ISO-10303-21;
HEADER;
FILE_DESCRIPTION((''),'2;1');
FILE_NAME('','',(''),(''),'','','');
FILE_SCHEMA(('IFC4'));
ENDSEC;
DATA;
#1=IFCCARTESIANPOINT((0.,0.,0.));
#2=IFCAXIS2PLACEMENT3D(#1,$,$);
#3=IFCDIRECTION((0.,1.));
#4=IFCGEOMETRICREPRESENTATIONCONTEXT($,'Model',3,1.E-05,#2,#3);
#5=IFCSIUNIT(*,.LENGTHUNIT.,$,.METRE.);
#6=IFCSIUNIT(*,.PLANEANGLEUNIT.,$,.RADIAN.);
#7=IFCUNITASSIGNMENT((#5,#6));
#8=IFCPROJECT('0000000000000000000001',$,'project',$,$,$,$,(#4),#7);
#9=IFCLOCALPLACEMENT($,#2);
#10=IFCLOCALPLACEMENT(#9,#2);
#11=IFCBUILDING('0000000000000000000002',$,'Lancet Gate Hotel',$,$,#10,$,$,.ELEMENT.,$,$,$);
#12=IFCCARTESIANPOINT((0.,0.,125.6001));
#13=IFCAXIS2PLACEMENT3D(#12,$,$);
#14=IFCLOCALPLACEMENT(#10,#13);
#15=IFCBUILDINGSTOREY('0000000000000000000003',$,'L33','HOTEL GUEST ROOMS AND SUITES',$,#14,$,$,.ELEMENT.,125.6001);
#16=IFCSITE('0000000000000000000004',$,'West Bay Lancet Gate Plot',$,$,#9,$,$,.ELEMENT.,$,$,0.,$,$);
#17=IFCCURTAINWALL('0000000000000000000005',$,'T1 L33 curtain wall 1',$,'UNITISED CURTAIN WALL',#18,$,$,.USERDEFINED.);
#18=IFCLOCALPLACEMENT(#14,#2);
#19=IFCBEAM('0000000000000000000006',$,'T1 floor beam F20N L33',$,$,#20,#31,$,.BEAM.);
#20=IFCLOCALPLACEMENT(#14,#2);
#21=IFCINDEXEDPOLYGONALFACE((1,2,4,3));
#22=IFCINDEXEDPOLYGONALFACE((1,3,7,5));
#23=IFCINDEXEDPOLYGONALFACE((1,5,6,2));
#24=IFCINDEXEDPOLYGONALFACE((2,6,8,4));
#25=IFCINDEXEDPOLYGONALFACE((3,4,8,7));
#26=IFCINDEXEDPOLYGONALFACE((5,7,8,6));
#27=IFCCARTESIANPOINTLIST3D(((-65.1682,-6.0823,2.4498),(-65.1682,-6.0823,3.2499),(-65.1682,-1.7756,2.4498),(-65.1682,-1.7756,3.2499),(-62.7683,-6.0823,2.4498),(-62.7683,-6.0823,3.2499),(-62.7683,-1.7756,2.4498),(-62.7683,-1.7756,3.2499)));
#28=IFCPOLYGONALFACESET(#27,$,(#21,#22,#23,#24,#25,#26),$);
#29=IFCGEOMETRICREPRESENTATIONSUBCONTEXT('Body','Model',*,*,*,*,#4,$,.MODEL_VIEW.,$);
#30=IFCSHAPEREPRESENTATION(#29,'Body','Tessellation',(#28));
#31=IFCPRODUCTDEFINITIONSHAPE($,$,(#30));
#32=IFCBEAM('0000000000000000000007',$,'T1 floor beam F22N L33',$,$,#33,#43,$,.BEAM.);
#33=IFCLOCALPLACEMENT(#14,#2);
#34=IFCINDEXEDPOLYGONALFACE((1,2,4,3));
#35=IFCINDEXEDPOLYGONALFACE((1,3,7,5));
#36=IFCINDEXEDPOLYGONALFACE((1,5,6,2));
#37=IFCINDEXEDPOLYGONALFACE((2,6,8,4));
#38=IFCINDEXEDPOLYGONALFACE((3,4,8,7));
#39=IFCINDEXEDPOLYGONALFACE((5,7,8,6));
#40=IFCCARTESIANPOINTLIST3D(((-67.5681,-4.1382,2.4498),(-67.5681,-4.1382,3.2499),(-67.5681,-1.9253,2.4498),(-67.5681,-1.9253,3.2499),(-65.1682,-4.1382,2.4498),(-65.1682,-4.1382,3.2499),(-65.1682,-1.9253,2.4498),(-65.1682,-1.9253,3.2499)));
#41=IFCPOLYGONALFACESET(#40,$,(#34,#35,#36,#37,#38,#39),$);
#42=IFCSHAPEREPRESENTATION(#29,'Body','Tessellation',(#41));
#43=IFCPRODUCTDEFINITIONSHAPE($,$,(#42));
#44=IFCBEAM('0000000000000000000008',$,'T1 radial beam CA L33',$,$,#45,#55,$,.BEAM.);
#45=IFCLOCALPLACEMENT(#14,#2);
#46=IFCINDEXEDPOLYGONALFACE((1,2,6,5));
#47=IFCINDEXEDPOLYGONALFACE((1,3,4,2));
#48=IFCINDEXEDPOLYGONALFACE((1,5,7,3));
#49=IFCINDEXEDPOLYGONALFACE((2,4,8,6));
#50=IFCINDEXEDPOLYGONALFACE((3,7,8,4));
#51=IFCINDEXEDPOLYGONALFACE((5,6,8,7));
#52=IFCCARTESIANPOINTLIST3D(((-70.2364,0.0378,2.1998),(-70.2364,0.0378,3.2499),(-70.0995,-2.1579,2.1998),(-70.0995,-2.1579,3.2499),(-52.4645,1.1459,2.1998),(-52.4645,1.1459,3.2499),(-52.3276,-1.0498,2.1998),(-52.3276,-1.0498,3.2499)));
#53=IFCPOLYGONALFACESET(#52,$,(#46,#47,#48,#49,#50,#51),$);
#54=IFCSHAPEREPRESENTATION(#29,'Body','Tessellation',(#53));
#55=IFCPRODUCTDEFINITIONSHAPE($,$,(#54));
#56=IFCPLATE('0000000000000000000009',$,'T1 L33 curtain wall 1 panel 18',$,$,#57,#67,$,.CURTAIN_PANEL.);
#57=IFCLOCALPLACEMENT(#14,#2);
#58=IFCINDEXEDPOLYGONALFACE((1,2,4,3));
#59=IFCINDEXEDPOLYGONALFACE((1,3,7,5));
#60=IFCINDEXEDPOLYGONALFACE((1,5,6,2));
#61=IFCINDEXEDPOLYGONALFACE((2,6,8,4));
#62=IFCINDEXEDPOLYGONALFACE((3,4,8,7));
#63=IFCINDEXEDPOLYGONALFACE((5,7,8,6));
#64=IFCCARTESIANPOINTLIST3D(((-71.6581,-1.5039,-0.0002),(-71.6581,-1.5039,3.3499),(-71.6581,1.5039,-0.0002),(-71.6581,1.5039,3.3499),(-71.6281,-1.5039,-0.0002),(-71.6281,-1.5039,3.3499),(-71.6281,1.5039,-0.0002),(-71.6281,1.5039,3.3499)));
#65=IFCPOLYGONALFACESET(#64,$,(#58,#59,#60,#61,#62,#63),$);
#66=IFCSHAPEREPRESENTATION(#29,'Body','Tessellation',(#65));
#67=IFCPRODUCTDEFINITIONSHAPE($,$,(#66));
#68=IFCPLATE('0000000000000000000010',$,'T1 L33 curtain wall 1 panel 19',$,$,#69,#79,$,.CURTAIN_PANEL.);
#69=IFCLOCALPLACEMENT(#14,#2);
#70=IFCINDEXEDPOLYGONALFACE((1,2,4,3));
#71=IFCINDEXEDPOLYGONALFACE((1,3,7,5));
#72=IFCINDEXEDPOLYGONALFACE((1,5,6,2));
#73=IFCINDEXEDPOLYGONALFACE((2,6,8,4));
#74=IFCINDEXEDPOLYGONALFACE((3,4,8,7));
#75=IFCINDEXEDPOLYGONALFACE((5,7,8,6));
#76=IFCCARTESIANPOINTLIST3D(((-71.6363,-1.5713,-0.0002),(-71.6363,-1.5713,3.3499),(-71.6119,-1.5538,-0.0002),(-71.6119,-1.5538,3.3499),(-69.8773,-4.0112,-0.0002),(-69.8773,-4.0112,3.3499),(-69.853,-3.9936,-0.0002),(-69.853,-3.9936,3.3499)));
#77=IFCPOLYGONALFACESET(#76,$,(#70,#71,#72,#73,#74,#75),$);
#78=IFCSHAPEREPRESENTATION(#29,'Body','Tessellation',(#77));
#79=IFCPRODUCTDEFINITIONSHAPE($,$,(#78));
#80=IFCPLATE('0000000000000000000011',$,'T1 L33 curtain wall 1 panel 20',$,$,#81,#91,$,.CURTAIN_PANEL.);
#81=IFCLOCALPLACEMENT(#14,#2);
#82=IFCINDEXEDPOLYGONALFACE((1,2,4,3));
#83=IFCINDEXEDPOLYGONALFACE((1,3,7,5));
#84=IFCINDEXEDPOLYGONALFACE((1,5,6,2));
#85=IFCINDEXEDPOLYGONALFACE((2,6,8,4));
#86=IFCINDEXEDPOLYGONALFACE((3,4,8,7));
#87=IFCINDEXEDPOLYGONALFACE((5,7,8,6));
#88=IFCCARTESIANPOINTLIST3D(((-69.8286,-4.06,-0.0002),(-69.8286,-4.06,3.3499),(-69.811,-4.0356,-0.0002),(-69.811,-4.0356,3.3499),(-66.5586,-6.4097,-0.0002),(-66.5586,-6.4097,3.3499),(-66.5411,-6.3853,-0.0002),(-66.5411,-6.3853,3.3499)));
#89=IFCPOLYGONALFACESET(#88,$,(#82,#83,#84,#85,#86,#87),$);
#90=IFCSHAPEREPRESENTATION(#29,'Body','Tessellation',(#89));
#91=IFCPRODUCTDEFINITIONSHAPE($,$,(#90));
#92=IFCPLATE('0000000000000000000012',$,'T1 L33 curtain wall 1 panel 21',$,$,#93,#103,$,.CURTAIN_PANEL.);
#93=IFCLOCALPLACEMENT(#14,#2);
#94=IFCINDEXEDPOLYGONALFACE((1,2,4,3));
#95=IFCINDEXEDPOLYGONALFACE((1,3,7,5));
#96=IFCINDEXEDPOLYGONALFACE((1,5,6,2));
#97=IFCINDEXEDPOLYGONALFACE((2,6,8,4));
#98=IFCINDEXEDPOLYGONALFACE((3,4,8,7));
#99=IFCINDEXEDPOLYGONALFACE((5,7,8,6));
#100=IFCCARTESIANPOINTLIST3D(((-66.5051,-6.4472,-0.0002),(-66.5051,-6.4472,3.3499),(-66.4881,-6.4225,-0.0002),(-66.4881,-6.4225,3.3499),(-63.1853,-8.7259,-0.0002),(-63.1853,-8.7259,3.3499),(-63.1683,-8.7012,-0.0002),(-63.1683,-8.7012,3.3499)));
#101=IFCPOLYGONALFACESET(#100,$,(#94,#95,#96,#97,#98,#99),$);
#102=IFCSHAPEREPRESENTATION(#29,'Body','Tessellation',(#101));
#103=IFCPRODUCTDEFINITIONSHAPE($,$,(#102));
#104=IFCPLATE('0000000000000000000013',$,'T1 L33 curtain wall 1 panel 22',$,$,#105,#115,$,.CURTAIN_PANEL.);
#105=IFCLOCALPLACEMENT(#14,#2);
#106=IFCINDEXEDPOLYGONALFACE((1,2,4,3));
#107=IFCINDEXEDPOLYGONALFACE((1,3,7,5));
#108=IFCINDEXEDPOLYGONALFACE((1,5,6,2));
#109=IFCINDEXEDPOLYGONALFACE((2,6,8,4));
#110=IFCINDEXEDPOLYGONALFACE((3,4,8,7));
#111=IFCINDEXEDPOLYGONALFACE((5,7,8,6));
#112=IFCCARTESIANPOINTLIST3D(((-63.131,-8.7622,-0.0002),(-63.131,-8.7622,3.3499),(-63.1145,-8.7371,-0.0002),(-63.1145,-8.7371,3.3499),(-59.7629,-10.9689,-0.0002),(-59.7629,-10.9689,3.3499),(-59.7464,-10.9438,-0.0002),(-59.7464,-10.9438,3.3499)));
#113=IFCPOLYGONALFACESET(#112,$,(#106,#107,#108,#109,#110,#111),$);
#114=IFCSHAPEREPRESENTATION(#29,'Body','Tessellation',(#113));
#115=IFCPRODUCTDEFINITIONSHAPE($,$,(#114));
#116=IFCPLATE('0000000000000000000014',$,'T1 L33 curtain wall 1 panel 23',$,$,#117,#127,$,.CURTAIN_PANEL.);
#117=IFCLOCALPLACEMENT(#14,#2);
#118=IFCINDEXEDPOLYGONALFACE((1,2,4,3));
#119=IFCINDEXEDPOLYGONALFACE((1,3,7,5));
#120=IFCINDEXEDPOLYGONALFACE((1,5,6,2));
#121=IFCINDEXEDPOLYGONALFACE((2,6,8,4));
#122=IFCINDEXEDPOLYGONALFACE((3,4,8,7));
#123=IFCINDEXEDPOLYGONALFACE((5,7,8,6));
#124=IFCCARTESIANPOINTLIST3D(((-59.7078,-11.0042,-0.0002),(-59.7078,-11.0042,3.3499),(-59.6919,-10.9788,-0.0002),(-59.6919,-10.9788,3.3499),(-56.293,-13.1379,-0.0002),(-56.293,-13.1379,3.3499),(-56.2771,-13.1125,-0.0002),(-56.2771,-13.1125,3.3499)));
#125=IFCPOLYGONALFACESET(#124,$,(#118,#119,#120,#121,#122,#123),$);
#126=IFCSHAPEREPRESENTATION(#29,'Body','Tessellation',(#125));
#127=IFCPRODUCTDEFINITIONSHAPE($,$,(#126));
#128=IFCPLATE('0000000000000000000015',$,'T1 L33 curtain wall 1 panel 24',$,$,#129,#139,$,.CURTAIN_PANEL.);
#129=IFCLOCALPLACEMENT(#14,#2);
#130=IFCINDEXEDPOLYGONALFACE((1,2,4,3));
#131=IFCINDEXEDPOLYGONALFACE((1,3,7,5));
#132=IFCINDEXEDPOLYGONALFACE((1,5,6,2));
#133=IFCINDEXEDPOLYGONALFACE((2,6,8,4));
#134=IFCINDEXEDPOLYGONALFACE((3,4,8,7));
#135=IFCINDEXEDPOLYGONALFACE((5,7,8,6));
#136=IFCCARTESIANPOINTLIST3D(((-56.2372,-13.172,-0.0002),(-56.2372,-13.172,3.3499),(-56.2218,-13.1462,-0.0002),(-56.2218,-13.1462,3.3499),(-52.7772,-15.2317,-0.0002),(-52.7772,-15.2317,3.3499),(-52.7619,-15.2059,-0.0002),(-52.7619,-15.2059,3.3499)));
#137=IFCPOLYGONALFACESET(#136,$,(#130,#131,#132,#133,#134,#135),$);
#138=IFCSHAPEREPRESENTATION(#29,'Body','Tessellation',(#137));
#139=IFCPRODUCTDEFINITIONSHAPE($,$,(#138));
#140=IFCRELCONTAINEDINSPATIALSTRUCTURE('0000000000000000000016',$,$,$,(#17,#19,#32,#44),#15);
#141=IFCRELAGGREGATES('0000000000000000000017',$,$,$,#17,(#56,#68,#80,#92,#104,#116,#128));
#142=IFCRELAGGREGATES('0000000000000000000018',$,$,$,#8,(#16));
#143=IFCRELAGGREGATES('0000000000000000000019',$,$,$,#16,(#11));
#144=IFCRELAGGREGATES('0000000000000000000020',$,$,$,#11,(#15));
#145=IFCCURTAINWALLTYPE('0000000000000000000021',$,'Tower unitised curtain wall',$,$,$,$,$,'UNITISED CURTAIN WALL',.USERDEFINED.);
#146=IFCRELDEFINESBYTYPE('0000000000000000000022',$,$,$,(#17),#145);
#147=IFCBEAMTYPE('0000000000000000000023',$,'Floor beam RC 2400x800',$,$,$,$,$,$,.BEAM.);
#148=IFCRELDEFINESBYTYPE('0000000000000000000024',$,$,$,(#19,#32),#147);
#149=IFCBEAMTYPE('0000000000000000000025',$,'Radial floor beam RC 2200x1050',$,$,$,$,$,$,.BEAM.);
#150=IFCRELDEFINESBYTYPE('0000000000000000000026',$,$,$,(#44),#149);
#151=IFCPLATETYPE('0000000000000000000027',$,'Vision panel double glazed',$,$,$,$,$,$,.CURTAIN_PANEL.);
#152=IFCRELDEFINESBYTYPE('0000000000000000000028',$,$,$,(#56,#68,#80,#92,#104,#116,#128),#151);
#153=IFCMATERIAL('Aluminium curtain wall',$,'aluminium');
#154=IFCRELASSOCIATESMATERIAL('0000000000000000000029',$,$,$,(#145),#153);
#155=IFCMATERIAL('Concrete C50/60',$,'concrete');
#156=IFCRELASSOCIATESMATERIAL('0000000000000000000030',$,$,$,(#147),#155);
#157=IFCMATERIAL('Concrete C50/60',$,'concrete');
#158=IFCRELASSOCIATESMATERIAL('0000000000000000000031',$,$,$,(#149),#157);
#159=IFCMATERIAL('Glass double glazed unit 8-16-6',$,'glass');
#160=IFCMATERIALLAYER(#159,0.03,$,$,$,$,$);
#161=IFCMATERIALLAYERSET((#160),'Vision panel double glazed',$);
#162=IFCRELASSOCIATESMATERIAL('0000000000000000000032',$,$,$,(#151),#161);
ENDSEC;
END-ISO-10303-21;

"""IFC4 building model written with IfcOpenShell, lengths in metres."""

from ifc_helpers import new_model, si_unit, direction, frame, origin, origin_2d, place, context, subcontext, project, spatial, rectangle, extrude, material, layer, layer_set, material_profile, profile_set, type_object, element, aggregate, save


model = new_model("IFC4")

# Units and contexts
model_context = context("Model", 3, precision=1e-05, world=origin(), true_north=direction((0.0, 1.0)))
body_context = subcontext(model_context, "Body", "Model", "MODEL_VIEW")
ifc_project = project(units=[si_unit("LENGTHUNIT", "METRE"), si_unit("PLANEANGLEUNIT", "RADIAN")], contexts=[model_context])

# Site, building, storey
site_placement = place(None, origin())
site = spatial("IfcSite", under=ifc_project, at=site_placement, Name="West Bay Lancet Gate Plot", CompositionType="ELEMENT", RefElevation=0.0)
building_placement = place(site_placement, origin())
building = spatial("IfcBuilding", under=site, at=building_placement, Name="Lancet Gate Hotel", CompositionType="ELEMENT")
storey_placement = place(building_placement, frame((0.0, 0.0, 125.6001)))
storey = spatial("IfcBuildingStorey", under=building, at=storey_placement, Name="L33", Description="HOTEL GUEST ROOMS AND SUITES", CompositionType="ELEMENT", Elevation=125.6001)

# Curtain wall
ifc_material_1 = material(Name="Aluminium curtain wall", Category="aluminium")
curtain_wall_type = type_object("IfcCurtainWallType", Name="Tower unitised curtain wall", ElementType="UNITISED CURTAIN WALL", PredefinedType="USERDEFINED", material=ifc_material_1)
curtain_wall_placement = place(storey_placement, origin())
curtain_wall = element("IfcCurtainWall", 1, at=curtain_wall_placement, inside=storey, type_object=curtain_wall_type, Name="T1 L33 curtain wall 1", ObjectType="UNITISED CURTAIN WALL", PredefinedType="USERDEFINED")

# Beams
ifc_material_2 = material(Name="Concrete C50/60", Category="concrete")
ifc_material_profile_1 = material_profile(ifc_material_2, rectangle(XDim=2.3999, YDim=0.8, at=origin_2d()), Name="RC 2400x800")
ifc_profile_set_1 = profile_set([ifc_material_profile_1], Name="Concrete C50/60")
beam_type_1 = type_object("IfcBeamType", Name="Floor beam RC 2400x800", PredefinedType="BEAM", material=ifc_profile_set_1)
beam_1_placement = place(storey_placement, frame((-63.9683, -1.7756, 2.8499), z_axis=(0.0, -1.0, 0.0), x_axis=(1.0, 0.0, 0.0)))
element("IfcBeam", 2, at=beam_1_placement, inside=storey, type_object=beam_type_1, Name="T1 floor beam F20N L33", PredefinedType="BEAM", context=body_context, shape_type="SweptSolid", body=[
    extrude(rectangle(XDim=2.3999, YDim=0.8, at=origin_2d()), origin(), (0.0, 0.0, 1.0), 4.3066),
])
beam_2_placement = place(storey_placement, frame((-66.3682, -1.9253, 2.8499), z_axis=(0.0, -1.0, 0.0), x_axis=(1.0, 0.0, 0.0)))
element("IfcBeam", 3, at=beam_2_placement, inside=storey, type_object=beam_type_1, Name="T1 floor beam F22N L33", PredefinedType="BEAM", context=body_context, shape_type="SweptSolid", body=[
    extrude(rectangle(XDim=2.3999, YDim=0.8, at=origin_2d()), origin(), (0.0, 0.0, 1.0), 2.2129),
])
ifc_material_3 = material(Name="Concrete C50/60", Category="concrete")
ifc_material_profile_2 = material_profile(ifc_material_3, rectangle(XDim=2.2, YDim=1.05, at=origin_2d()), Name="RC 2200x1050")
ifc_profile_set_2 = profile_set([ifc_material_profile_2], Name="Concrete C50/60")
beam_type_2 = type_object("IfcBeamType", Name="Radial floor beam RC 2200x1050", PredefinedType="BEAM", material=ifc_profile_set_2)
beam_3_placement = place(storey_placement, frame((-70.168, -1.0601, 2.7249), z_axis=(0.998062, 0.062233, 0.0), x_axis=(-0.062233, 0.998062, 0.0)))
element("IfcBeam", 4, at=beam_3_placement, inside=storey, type_object=beam_type_2, Name="T1 radial beam CA L33", PredefinedType="BEAM", context=body_context, shape_type="SweptSolid", body=[
    extrude(rectangle(XDim=2.2, YDim=1.05, at=origin_2d()), origin(), (0.0, 0.0, 1.0), 17.8064),
])

# Plates
ifc_material_4 = material(Name="Glass double glazed unit 8-16-6", Category="glass")
ifc_layer = layer(ifc_material_4, 0.03)
ifc_layer_set = layer_set([ifc_layer], Name="Vision panel double glazed")
plate_type = type_object("IfcPlateType", Name="Vision panel double glazed", PredefinedType="CURTAIN_PANEL", material=ifc_layer_set)
plate_1_placement = place(storey_placement, frame((-71.6431, 0.0, -0.0002), z_axis=(0.0, 0.0, 1.0), x_axis=(0.0, -1.0, 0.0)))
plate_1 = element("IfcPlate", 5, at=plate_1_placement, type_object=plate_type, Name="T1 L33 curtain wall 1 panel 18", PredefinedType="CURTAIN_PANEL", context=body_context, shape_type="SweptSolid", body=[
    extrude(rectangle(XDim=3.0078, YDim=0.03, at=origin_2d()), origin(), (0.0, 0.0, 1.0), 3.3501),
])
plate_2_placement = place(storey_placement, frame((-70.7446, -2.7825, -0.0002), z_axis=(0.0, 0.0, 1.0), x_axis=(0.584809, -0.811171, 0.0)))
plate_2 = element("IfcPlate", 6, at=plate_2_placement, type_object=plate_type, Name="T1 L33 curtain wall 1 panel 19", PredefinedType="CURTAIN_PANEL", context=body_context, shape_type="SweptSolid", body=[
    extrude(rectangle(XDim=3.0078, YDim=0.03, at=origin_2d()), origin(), (0.0, 0.0, 1.0), 3.3501),
])
plate_3_placement = place(storey_placement, frame((-68.1848, -5.2227, -0.0002), z_axis=(0.0, 0.0, 1.0), x_axis=(0.812093, -0.583528, 0.0)))
plate_3 = element("IfcPlate", 7, at=plate_3_placement, type_object=plate_type, Name="T1 L33 curtain wall 1 panel 20", PredefinedType="CURTAIN_PANEL", context=body_context, shape_type="SweptSolid", body=[
    extrude(rectangle(XDim=4.0266, YDim=0.03, at=origin_2d()), origin(), (0.0, 0.0, 1.0), 3.3501),
])
plate_4_placement = place(storey_placement, frame((-64.8367, -7.5742, -0.0002), z_axis=(0.0, 0.0, 1.0), x_axis=(0.824466, -0.565911, 0.0)))
plate_4 = element("IfcPlate", 8, at=plate_4_placement, type_object=plate_type, Name="T1 L33 curtain wall 1 panel 21", PredefinedType="CURTAIN_PANEL", context=body_context, shape_type="SweptSolid", body=[
    extrude(rectangle(XDim=4.0266, YDim=0.03, at=origin_2d()), origin(), (0.0, 0.0, 1.0), 3.3501),
])
plate_5_placement = place(storey_placement, frame((-61.4387, -9.853, -0.0002), z_axis=(0.0, 0.0, 1.0), x_axis=(0.836458, -0.548032, 0.0)))
plate_5 = element("IfcPlate", 9, at=plate_5_placement, type_object=plate_type, Name="T1 L33 curtain wall 1 panel 22", PredefinedType="CURTAIN_PANEL", context=body_context, shape_type="SweptSolid", body=[
    extrude(rectangle(XDim=4.0266, YDim=0.03, at=origin_2d()), origin(), (0.0, 0.0, 1.0), 3.3501),
])
plate_6_placement = place(storey_placement, frame((-57.9924, -12.0583, -0.0002), z_axis=(0.0, 0.0, 1.0), x_axis=(0.848061, -0.529899, 0.0)))
plate_6 = element("IfcPlate", 10, at=plate_6_placement, type_object=plate_type, Name="T1 L33 curtain wall 1 panel 23", PredefinedType="CURTAIN_PANEL", context=body_context, shape_type="SweptSolid", body=[
    extrude(rectangle(XDim=4.0266, YDim=0.03, at=origin_2d()), origin(), (0.0, 0.0, 1.0), 3.3501),
])
plate_7_placement = place(storey_placement, frame((-54.4995, -14.189, -0.0002), z_axis=(0.0, 0.0, 1.0), x_axis=(0.859271, -0.51152, 0.0)))
plate_7 = element("IfcPlate", 11, at=plate_7_placement, type_object=plate_type, Name="T1 L33 curtain wall 1 panel 24", PredefinedType="CURTAIN_PANEL", context=body_context, shape_type="SweptSolid", body=[
    extrude(rectangle(XDim=4.0266, YDim=0.03, at=origin_2d()), origin(), (0.0, 0.0, 1.0), 3.3501),
])
aggregate(curtain_wall, [plate_1, plate_2, plate_3, plate_4, plate_5, plate_6, plate_7])

save(model, "model.ifc")
